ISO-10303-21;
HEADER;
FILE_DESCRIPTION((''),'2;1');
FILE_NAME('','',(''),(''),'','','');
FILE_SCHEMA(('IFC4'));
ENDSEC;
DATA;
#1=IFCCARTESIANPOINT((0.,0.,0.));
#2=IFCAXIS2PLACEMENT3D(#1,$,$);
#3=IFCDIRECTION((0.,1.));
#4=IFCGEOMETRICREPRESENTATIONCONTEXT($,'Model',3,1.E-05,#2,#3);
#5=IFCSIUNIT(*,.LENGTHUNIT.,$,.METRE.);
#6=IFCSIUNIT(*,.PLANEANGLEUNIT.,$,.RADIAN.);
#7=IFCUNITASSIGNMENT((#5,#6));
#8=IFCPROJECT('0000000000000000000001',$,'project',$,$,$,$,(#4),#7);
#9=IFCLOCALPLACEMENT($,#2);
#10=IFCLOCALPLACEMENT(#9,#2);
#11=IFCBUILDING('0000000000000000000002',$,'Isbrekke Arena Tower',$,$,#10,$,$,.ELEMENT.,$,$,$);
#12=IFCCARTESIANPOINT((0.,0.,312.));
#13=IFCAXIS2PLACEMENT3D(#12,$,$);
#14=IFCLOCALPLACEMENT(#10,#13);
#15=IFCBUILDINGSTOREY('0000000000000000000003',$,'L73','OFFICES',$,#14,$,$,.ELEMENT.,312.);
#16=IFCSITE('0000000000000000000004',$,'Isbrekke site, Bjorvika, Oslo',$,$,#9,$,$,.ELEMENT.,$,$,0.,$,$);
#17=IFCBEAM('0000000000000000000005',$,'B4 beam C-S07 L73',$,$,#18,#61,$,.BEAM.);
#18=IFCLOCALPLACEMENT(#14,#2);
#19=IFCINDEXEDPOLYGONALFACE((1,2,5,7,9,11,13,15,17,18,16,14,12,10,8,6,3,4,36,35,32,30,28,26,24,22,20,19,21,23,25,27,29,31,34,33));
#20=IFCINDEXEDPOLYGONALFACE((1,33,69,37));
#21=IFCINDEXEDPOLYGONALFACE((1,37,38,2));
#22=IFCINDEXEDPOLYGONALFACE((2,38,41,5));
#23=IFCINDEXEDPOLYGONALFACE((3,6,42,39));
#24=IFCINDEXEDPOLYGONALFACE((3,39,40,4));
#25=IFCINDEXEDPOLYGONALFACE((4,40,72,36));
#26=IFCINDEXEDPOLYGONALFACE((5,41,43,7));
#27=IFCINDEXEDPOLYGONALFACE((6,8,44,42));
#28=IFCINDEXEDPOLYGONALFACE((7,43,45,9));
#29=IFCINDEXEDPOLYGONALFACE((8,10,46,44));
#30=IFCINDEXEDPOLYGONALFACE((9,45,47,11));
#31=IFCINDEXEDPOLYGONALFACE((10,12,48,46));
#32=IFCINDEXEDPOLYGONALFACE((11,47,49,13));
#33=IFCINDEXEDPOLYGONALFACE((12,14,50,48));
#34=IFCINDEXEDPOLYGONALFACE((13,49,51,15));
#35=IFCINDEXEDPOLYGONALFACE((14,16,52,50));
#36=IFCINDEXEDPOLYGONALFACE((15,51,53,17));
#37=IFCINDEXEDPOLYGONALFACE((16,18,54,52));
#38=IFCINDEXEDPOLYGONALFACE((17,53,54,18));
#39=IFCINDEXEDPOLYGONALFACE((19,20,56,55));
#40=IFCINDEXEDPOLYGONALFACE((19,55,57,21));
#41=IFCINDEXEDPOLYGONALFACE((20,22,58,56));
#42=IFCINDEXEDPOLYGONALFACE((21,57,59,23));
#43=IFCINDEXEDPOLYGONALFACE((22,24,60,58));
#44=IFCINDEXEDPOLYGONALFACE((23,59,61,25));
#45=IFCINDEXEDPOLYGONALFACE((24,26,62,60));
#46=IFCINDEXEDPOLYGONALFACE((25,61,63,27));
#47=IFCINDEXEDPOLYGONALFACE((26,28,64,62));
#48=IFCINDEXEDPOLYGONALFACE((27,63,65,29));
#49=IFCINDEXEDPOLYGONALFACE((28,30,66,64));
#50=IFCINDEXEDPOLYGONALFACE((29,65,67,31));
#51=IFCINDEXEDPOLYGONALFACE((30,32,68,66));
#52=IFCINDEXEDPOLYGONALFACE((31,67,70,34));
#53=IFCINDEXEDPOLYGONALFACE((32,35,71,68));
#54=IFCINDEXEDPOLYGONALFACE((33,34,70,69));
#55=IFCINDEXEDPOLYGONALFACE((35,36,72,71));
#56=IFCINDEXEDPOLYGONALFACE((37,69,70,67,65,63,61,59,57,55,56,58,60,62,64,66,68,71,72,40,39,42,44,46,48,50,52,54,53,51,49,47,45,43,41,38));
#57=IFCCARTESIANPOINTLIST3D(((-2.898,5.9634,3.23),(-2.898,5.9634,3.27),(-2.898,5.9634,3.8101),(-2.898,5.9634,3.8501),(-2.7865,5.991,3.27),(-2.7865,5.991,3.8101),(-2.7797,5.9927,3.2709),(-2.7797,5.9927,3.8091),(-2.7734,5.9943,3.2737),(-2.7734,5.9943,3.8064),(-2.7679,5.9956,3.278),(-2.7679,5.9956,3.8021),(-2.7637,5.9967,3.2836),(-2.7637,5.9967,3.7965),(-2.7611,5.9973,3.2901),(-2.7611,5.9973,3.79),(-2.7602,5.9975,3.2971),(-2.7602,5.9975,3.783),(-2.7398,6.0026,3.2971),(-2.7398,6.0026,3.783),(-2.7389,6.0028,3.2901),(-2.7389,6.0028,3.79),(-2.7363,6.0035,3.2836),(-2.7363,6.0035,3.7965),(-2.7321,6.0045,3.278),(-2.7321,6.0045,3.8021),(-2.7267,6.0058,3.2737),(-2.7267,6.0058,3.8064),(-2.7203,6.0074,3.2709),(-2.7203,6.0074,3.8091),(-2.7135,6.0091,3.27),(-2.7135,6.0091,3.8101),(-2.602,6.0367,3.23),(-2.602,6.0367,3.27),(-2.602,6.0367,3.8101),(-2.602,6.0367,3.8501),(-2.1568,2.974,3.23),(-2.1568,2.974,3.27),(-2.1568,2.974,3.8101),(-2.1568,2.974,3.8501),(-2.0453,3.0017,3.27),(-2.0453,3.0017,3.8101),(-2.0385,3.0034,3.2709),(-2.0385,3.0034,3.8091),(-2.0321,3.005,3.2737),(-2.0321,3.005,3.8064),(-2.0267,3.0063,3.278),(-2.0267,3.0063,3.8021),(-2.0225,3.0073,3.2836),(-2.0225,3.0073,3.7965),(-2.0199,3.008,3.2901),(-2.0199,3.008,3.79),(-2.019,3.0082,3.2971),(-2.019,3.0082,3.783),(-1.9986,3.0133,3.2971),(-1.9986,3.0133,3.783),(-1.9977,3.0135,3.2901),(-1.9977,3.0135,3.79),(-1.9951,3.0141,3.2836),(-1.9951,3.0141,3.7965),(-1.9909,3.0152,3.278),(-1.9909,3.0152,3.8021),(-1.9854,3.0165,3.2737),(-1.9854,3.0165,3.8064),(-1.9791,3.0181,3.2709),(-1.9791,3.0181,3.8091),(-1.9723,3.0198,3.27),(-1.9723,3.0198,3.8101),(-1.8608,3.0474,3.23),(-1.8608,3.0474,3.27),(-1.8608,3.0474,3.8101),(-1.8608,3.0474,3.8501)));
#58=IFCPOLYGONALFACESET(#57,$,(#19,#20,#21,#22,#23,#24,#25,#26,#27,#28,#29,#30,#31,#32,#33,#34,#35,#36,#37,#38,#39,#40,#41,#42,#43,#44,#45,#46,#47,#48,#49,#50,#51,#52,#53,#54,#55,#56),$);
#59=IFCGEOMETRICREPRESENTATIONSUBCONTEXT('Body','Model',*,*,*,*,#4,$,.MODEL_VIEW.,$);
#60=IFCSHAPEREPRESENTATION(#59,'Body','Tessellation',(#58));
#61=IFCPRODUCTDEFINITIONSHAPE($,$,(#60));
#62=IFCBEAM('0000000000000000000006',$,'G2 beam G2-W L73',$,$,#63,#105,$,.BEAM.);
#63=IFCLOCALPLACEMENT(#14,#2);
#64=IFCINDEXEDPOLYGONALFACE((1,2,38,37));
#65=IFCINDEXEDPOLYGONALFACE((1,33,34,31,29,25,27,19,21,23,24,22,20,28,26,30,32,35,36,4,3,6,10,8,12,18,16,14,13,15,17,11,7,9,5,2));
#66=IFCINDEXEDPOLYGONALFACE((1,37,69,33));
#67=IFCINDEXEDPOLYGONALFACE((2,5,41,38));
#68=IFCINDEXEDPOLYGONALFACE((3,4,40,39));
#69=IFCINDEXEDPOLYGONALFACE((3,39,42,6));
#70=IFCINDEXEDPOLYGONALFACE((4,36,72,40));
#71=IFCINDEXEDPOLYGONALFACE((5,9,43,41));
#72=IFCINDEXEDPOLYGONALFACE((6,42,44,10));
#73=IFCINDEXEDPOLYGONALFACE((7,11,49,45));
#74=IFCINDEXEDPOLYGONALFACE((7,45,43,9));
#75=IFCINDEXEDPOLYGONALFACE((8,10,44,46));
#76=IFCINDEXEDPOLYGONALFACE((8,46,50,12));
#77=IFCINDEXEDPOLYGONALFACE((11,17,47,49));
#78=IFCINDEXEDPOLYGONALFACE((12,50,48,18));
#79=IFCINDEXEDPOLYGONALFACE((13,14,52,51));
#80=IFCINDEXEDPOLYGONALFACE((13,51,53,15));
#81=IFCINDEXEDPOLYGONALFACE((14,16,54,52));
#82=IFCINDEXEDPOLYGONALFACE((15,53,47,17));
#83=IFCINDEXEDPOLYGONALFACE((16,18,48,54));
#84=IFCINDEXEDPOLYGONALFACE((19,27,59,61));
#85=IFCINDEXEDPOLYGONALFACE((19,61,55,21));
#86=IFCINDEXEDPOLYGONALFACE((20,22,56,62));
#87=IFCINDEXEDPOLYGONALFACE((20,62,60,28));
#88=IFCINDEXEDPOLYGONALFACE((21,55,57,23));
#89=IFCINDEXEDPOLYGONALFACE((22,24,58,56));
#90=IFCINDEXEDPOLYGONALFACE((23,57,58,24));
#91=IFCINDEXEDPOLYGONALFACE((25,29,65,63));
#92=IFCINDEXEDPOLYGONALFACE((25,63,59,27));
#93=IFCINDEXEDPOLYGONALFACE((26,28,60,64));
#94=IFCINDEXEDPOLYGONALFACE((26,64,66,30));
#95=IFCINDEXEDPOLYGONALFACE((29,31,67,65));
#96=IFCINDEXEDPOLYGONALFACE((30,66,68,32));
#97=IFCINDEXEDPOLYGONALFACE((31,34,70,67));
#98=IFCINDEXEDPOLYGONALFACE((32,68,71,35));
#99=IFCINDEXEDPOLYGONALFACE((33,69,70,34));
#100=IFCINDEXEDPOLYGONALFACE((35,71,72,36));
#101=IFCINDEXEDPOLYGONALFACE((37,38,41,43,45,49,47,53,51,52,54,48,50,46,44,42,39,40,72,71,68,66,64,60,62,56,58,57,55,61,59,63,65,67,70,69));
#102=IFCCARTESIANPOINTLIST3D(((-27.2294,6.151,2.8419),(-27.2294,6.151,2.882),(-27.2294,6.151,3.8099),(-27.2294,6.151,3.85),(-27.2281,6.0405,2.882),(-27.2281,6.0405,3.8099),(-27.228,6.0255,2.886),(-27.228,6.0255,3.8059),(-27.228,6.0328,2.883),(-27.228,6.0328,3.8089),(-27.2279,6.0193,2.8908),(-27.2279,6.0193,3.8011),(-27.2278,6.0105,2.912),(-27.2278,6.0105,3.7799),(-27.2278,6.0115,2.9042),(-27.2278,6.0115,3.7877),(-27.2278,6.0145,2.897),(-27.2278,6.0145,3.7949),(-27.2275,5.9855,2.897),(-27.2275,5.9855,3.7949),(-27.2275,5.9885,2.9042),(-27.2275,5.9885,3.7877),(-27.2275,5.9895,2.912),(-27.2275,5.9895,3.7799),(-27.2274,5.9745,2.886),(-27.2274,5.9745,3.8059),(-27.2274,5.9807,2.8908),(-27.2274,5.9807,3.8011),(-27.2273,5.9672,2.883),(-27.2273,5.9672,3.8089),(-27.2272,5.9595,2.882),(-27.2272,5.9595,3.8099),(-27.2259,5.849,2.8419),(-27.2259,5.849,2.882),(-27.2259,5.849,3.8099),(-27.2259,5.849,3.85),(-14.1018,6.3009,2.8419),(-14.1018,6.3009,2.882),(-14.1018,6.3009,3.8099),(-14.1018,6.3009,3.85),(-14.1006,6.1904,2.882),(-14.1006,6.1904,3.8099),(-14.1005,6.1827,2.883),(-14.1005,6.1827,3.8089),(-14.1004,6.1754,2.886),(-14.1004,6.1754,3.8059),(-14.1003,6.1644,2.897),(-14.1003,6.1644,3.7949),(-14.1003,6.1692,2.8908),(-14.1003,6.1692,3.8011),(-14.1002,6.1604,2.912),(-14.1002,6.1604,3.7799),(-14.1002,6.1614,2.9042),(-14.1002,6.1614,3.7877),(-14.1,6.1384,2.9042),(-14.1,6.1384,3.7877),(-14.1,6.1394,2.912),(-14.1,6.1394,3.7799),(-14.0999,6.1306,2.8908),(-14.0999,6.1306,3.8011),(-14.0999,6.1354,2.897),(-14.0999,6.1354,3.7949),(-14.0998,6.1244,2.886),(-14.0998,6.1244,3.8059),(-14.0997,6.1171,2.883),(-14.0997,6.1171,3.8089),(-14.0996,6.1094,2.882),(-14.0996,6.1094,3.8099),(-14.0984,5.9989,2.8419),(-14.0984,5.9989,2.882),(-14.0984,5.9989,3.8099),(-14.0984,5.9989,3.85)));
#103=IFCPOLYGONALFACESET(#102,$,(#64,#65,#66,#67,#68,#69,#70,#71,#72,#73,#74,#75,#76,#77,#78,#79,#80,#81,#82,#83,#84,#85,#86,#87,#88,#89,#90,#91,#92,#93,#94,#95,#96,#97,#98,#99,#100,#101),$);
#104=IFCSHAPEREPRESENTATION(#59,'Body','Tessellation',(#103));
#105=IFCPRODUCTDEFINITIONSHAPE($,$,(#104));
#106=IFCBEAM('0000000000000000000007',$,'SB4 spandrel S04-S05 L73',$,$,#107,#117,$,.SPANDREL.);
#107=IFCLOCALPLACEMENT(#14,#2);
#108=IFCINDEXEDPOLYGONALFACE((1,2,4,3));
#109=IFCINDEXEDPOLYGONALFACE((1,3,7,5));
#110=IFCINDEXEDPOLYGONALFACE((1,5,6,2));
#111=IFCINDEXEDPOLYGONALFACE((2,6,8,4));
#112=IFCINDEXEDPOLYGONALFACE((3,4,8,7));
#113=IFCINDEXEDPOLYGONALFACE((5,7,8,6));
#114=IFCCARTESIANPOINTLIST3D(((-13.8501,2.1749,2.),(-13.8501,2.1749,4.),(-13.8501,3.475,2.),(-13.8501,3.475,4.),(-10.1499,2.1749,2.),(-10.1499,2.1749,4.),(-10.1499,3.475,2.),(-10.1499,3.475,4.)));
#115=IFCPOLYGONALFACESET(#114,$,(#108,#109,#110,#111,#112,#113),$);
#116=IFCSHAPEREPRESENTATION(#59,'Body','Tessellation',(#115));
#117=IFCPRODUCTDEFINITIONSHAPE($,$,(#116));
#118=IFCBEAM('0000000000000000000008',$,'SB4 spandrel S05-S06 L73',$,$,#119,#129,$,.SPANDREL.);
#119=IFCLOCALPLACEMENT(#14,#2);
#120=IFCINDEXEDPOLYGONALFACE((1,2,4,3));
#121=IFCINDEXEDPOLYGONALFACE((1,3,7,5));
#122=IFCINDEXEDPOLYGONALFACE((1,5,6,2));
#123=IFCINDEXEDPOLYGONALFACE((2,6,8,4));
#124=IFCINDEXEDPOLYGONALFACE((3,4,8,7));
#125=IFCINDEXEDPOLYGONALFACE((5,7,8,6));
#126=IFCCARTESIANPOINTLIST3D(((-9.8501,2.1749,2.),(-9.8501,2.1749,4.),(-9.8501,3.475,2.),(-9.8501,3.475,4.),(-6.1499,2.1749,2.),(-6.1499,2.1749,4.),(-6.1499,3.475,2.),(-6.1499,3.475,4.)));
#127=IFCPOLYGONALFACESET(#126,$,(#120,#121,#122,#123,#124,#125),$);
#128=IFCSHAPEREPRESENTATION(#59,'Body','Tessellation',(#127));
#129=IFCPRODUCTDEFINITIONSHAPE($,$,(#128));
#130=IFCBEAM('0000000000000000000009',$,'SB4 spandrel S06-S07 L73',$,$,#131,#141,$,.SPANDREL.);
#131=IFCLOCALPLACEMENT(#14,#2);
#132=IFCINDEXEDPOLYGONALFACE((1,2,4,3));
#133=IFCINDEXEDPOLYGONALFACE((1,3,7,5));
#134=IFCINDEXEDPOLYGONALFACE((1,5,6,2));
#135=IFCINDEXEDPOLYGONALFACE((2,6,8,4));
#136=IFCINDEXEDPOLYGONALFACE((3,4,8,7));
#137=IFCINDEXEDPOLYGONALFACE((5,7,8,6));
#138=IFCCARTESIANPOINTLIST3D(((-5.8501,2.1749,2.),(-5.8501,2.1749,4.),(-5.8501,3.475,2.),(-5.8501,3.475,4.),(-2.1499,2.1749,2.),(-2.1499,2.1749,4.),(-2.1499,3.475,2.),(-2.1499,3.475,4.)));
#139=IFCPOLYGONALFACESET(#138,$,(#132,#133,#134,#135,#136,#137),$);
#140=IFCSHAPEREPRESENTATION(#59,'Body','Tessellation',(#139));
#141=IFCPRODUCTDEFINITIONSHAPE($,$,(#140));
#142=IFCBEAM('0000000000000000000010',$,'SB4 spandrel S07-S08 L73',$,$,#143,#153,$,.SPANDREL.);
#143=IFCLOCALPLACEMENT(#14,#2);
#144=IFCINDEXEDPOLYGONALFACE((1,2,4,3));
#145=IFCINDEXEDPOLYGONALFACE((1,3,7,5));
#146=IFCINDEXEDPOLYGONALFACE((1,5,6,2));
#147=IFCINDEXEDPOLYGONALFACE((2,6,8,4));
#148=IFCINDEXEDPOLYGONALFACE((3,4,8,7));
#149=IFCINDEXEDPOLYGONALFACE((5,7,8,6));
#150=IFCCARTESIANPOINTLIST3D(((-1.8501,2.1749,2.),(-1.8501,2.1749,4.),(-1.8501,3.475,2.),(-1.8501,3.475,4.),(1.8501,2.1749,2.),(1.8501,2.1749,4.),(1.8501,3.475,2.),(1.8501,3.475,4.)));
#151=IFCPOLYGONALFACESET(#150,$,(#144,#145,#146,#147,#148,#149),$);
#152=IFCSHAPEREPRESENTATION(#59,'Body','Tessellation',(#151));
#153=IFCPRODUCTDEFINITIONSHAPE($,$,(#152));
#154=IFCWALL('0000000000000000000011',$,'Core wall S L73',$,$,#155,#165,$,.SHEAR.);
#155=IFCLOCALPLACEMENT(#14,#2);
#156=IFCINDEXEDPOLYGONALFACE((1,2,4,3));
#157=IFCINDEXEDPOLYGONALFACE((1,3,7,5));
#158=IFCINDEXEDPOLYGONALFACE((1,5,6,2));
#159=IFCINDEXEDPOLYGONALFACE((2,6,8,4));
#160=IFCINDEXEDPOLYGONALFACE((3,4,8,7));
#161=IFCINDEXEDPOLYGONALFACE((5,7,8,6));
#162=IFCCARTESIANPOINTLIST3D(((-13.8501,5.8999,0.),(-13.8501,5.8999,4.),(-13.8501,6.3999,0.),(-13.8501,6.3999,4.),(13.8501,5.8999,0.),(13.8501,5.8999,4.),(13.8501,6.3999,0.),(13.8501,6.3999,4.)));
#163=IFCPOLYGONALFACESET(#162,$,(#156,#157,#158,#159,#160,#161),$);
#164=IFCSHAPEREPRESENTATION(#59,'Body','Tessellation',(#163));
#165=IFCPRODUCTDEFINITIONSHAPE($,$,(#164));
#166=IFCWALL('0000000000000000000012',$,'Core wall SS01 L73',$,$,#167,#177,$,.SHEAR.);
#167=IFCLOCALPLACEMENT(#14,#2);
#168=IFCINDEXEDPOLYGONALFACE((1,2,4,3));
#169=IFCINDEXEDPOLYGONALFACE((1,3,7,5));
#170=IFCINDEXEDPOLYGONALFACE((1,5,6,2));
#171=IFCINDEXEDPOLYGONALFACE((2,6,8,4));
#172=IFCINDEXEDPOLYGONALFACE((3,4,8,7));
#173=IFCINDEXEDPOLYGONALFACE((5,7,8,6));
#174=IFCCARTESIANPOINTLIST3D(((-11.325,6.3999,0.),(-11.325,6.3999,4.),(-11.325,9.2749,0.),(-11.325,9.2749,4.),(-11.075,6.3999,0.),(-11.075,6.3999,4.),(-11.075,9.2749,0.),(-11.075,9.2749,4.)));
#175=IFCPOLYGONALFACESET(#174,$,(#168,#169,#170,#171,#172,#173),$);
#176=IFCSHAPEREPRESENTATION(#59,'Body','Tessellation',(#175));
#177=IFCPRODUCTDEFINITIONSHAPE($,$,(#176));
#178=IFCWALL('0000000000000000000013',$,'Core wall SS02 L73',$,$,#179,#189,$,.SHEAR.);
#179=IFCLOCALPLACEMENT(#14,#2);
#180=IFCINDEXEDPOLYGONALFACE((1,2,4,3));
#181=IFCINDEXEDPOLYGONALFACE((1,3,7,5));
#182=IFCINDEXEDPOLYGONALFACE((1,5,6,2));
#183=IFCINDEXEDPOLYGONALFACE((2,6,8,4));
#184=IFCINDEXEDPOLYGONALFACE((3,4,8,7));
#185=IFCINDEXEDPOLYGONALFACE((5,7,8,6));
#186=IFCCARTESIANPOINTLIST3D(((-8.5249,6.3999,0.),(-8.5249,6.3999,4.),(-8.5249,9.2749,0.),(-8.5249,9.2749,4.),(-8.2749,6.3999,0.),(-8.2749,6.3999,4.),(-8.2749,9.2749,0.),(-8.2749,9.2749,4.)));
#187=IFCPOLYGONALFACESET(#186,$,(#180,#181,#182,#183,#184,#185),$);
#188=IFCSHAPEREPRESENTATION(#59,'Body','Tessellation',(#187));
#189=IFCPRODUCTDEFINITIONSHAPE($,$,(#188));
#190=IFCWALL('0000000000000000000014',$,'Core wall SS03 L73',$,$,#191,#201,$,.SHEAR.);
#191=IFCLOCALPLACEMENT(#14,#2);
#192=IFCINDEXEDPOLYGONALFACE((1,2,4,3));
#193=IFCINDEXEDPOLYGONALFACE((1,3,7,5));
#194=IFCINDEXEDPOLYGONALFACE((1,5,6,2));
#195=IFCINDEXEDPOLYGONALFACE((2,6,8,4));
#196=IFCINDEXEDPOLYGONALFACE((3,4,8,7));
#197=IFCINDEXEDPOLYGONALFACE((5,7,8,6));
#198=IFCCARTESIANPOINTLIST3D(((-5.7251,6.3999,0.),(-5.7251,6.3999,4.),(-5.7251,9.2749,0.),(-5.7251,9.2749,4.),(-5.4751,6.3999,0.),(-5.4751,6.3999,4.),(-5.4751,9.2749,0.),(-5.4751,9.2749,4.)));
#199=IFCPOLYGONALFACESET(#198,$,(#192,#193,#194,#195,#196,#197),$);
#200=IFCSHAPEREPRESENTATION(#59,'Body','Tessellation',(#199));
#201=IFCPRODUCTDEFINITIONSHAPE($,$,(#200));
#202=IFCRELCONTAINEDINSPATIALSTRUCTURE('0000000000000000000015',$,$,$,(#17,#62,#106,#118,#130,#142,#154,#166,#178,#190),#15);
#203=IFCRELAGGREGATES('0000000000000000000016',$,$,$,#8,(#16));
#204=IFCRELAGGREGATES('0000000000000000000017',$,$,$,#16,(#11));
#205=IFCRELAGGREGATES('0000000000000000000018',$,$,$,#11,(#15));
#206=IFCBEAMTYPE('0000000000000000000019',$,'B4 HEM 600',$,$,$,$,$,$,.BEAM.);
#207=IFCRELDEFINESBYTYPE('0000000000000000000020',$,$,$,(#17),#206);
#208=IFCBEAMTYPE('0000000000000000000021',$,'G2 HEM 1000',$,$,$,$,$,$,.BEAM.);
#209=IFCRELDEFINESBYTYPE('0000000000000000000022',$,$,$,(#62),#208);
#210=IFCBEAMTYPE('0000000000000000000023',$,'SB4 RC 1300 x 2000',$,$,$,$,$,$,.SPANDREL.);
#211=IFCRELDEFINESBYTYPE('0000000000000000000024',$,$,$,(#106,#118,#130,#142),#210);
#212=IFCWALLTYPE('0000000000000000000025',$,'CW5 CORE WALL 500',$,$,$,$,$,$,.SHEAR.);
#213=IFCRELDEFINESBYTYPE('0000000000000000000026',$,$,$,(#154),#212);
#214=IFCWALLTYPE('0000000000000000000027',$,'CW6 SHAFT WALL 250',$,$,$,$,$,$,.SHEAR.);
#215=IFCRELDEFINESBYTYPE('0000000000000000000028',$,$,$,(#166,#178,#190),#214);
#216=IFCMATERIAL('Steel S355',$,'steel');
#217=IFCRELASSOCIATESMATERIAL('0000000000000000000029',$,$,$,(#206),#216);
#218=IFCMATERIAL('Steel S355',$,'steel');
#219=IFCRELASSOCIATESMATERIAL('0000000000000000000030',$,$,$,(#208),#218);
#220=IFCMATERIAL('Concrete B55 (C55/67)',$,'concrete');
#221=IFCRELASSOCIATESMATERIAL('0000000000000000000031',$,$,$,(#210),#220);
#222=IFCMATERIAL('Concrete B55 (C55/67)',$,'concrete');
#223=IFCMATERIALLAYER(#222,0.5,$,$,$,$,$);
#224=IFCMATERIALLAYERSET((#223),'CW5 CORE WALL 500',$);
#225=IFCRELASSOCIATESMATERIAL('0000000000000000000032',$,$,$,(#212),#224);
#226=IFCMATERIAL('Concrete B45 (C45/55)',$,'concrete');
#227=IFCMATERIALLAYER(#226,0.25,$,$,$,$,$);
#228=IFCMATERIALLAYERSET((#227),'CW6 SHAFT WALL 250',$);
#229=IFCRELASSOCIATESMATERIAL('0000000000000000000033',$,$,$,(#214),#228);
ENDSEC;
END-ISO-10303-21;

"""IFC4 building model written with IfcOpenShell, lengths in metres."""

from ifc_helpers import new_model, si_unit, direction, frame, frame_2d, origin, origin_2d, place, context, subcontext, project, spatial, rectangle, i_section, extrude, material, layer, layer_set, material_profile, profile_set, type_object, element, save


model = new_model("IFC4")

# Units and contexts
model_context = context("Model", 3, precision=1e-05, world=origin(), true_north=direction((0.0, 1.0)))
body_context = subcontext(model_context, "Body", "Model", "MODEL_VIEW")
ifc_project = project(units=[si_unit("LENGTHUNIT", "METRE"), si_unit("PLANEANGLEUNIT", "RADIAN")], contexts=[model_context])

# Site, building, storey
site_placement = place(None, origin())
site = spatial("IfcSite", under=ifc_project, at=site_placement, Name="Isbrekke site, Bjorvika, Oslo", CompositionType="ELEMENT", RefElevation=0.0)
building_placement = place(site_placement, origin())
building = spatial("IfcBuilding", under=site, at=building_placement, Name="Isbrekke Arena Tower", CompositionType="ELEMENT")
storey_placement = place(building_placement, frame((0.0, 0.0, 312.0)))
storey = spatial("IfcBuildingStorey", under=building, at=storey_placement, Name="L73", Description="OFFICES", CompositionType="ELEMENT", Elevation=312.0)

# Beams
ifc_material_1 = material(Name="Steel S355", Category="steel")
ifc_material_profile_1 = material_profile(ifc_material_1, i_section(OverallWidth=0.3049, OverallDepth=0.6201, WebThickness=0.021, FlangeThickness=0.04, FilletRadius=0.0271, at=origin_2d()), Name="HEM 600")
ifc_profile_set_1 = profile_set([ifc_material_profile_1], Name="Steel S355")
beam_type_1 = type_object("IfcBeamType", Name="B4 HEM 600", PredefinedType="BEAM", material=ifc_profile_set_1)
beam_1_placement = place(storey_placement, frame((-2.0088, 3.0107, 3.54), z_axis=(-0.24067, 0.970607, 0.0), x_axis=(-0.970607, -0.24067, 0.0)))
element("IfcBeam", 1, at=beam_1_placement, inside=storey, type_object=beam_type_1, Name="B4 beam C-S07 L73", PredefinedType="BEAM", context=body_context, shape_type="SweptSolid", body=[
    extrude(i_section(OverallWidth=0.3049, OverallDepth=0.6201, WebThickness=0.021, FlangeThickness=0.04, FilletRadius=0.0271, at=origin_2d()), origin(), (0.0, 0.0, 1.0), 3.0798),
])
ifc_material_2 = material(Name="Steel S355", Category="steel")
ifc_material_profile_2 = material_profile(ifc_material_2, i_section(OverallWidth=0.302, OverallDepth=1.0081, WebThickness=0.021, FlangeThickness=0.04, FilletRadius=0.03, at=origin_2d()), Name="HEM 1000")
ifc_profile_set_2 = profile_set([ifc_material_profile_2], Name="Steel S355")
beam_type_2 = type_object("IfcBeamType", Name="G2 HEM 1000", PredefinedType="BEAM", material=ifc_profile_set_2)
beam_2_placement = place(storey_placement, frame((-14.1001, 6.1499, 3.3459), z_axis=(-0.999935, -0.011418, 0.0), x_axis=(0.011418, -0.999935, 0.0)))
element("IfcBeam", 2, at=beam_2_placement, inside=storey, type_object=beam_type_2, Name="G2 beam G2-W L73", PredefinedType="BEAM", context=body_context, shape_type="SweptSolid", body=[
    extrude(i_section(OverallWidth=0.302, OverallDepth=1.0081, WebThickness=0.021, FlangeThickness=0.04, FilletRadius=0.03, at=origin_2d()), origin(), (0.0, 0.0, 1.0), 13.1284),
])
ifc_material_3 = material(Name="Concrete B55 (C55/67)", Category="concrete")
ifc_material_profile_3 = material_profile(ifc_material_3, rectangle(XDim=1.3, YDim=2.0, at=origin_2d()), Name="RC 1300x2000")
ifc_profile_set_3 = profile_set([ifc_material_profile_3], Name="Concrete B55 (C55/67)")
beam_type_3 = type_object("IfcBeamType", Name="SB4 RC 1300 x 2000", PredefinedType="SPANDREL", material=ifc_profile_set_3)
for number, where, z_axis, x_axis, name in (
    (3, (-13.8501, 2.825, 3.0), (1.0, 0.0, 0.0), (0.0, 1.0, 0.0), "SB4 spandrel S04-S05 L73"),
    (4, (-9.8501, 2.825, 3.0), (1.0, 0.0, 0.0), (0.0, 1.0, 0.0), "SB4 spandrel S05-S06 L73"),
    (5, (-5.8501, 2.825, 3.0), (1.0, 0.0, 0.0), (0.0, 1.0, 0.0), "SB4 spandrel S06-S07 L73"),
    (6, (-1.8501, 2.825, 3.0), (1.0, 0.0, 0.0), (0.0, 1.0, 0.0), "SB4 spandrel S07-S08 L73"),
):
    element("IfcBeam", number, at=place(storey_placement, frame(where, z_axis=z_axis, x_axis=x_axis)), inside=storey, type_object=beam_type_3, Name=name, PredefinedType="SPANDREL", context=body_context, shape_type="SweptSolid", body=[
        extrude(rectangle(XDim=1.3, YDim=2.0, at=origin_2d()), origin(), (0.0, 0.0, 1.0), 3.7002),
    ])

# Walls
ifc_material_4 = material(Name="Concrete B55 (C55/67)", Category="concrete")
ifc_layer_1 = layer(ifc_material_4, 0.5)
ifc_layer_set_1 = layer_set([ifc_layer_1], Name="CW5 CORE WALL 500")
wall_type_1 = type_object("IfcWallType", Name="CW5 CORE WALL 500", PredefinedType="SHEAR", material=ifc_layer_set_1)
wall_1_placement = place(storey_placement, frame((-13.8501, 6.1499, 0.0), z_axis=(0.0, 0.0, 1.0), x_axis=(1.0, 0.0, 0.0)))
element("IfcWall", 7, at=wall_1_placement, inside=storey, type_object=wall_type_1, Name="Core wall S L73", PredefinedType="SHEAR", context=body_context, shape_type="SweptSolid", body=[
    extrude(rectangle(XDim=27.7002, YDim=0.5, at=frame_2d((13.8501, 0.0))), origin(), (0.0, 0.0, 1.0), 4.0),
])
ifc_material_5 = material(Name="Concrete B45 (C45/55)", Category="concrete")
ifc_layer_2 = layer(ifc_material_5, 0.25)
ifc_layer_set_2 = layer_set([ifc_layer_2], Name="CW6 SHAFT WALL 250")
wall_type_2 = type_object("IfcWallType", Name="CW6 SHAFT WALL 250", PredefinedType="SHEAR", material=ifc_layer_set_2)
for number, where, z_axis, x_axis, name in (
    (8, (-11.2, 6.3999, 0.0), (0.0, 0.0, 1.0), (0.0, 1.0, 0.0), "Core wall SS01 L73"),
    (9, (-8.3999, 6.3999, 0.0), (0.0, 0.0, 1.0), (0.0, 1.0, 0.0), "Core wall SS02 L73"),
    (10, (-5.6001, 6.3999, 0.0), (0.0, 0.0, 1.0), (0.0, 1.0, 0.0), "Core wall SS03 L73"),
):
    element("IfcWall", number, at=place(storey_placement, frame(where, z_axis=z_axis, x_axis=x_axis)), inside=storey, type_object=wall_type_2, Name=name, PredefinedType="SHEAR", context=body_context, shape_type="SweptSolid", body=[
        extrude(rectangle(XDim=2.875, YDim=0.25, at=frame_2d((1.4375, 0.0))), origin(), (0.0, 0.0, 1.0), 4.0),
    ])

save(model, "model.ifc")
